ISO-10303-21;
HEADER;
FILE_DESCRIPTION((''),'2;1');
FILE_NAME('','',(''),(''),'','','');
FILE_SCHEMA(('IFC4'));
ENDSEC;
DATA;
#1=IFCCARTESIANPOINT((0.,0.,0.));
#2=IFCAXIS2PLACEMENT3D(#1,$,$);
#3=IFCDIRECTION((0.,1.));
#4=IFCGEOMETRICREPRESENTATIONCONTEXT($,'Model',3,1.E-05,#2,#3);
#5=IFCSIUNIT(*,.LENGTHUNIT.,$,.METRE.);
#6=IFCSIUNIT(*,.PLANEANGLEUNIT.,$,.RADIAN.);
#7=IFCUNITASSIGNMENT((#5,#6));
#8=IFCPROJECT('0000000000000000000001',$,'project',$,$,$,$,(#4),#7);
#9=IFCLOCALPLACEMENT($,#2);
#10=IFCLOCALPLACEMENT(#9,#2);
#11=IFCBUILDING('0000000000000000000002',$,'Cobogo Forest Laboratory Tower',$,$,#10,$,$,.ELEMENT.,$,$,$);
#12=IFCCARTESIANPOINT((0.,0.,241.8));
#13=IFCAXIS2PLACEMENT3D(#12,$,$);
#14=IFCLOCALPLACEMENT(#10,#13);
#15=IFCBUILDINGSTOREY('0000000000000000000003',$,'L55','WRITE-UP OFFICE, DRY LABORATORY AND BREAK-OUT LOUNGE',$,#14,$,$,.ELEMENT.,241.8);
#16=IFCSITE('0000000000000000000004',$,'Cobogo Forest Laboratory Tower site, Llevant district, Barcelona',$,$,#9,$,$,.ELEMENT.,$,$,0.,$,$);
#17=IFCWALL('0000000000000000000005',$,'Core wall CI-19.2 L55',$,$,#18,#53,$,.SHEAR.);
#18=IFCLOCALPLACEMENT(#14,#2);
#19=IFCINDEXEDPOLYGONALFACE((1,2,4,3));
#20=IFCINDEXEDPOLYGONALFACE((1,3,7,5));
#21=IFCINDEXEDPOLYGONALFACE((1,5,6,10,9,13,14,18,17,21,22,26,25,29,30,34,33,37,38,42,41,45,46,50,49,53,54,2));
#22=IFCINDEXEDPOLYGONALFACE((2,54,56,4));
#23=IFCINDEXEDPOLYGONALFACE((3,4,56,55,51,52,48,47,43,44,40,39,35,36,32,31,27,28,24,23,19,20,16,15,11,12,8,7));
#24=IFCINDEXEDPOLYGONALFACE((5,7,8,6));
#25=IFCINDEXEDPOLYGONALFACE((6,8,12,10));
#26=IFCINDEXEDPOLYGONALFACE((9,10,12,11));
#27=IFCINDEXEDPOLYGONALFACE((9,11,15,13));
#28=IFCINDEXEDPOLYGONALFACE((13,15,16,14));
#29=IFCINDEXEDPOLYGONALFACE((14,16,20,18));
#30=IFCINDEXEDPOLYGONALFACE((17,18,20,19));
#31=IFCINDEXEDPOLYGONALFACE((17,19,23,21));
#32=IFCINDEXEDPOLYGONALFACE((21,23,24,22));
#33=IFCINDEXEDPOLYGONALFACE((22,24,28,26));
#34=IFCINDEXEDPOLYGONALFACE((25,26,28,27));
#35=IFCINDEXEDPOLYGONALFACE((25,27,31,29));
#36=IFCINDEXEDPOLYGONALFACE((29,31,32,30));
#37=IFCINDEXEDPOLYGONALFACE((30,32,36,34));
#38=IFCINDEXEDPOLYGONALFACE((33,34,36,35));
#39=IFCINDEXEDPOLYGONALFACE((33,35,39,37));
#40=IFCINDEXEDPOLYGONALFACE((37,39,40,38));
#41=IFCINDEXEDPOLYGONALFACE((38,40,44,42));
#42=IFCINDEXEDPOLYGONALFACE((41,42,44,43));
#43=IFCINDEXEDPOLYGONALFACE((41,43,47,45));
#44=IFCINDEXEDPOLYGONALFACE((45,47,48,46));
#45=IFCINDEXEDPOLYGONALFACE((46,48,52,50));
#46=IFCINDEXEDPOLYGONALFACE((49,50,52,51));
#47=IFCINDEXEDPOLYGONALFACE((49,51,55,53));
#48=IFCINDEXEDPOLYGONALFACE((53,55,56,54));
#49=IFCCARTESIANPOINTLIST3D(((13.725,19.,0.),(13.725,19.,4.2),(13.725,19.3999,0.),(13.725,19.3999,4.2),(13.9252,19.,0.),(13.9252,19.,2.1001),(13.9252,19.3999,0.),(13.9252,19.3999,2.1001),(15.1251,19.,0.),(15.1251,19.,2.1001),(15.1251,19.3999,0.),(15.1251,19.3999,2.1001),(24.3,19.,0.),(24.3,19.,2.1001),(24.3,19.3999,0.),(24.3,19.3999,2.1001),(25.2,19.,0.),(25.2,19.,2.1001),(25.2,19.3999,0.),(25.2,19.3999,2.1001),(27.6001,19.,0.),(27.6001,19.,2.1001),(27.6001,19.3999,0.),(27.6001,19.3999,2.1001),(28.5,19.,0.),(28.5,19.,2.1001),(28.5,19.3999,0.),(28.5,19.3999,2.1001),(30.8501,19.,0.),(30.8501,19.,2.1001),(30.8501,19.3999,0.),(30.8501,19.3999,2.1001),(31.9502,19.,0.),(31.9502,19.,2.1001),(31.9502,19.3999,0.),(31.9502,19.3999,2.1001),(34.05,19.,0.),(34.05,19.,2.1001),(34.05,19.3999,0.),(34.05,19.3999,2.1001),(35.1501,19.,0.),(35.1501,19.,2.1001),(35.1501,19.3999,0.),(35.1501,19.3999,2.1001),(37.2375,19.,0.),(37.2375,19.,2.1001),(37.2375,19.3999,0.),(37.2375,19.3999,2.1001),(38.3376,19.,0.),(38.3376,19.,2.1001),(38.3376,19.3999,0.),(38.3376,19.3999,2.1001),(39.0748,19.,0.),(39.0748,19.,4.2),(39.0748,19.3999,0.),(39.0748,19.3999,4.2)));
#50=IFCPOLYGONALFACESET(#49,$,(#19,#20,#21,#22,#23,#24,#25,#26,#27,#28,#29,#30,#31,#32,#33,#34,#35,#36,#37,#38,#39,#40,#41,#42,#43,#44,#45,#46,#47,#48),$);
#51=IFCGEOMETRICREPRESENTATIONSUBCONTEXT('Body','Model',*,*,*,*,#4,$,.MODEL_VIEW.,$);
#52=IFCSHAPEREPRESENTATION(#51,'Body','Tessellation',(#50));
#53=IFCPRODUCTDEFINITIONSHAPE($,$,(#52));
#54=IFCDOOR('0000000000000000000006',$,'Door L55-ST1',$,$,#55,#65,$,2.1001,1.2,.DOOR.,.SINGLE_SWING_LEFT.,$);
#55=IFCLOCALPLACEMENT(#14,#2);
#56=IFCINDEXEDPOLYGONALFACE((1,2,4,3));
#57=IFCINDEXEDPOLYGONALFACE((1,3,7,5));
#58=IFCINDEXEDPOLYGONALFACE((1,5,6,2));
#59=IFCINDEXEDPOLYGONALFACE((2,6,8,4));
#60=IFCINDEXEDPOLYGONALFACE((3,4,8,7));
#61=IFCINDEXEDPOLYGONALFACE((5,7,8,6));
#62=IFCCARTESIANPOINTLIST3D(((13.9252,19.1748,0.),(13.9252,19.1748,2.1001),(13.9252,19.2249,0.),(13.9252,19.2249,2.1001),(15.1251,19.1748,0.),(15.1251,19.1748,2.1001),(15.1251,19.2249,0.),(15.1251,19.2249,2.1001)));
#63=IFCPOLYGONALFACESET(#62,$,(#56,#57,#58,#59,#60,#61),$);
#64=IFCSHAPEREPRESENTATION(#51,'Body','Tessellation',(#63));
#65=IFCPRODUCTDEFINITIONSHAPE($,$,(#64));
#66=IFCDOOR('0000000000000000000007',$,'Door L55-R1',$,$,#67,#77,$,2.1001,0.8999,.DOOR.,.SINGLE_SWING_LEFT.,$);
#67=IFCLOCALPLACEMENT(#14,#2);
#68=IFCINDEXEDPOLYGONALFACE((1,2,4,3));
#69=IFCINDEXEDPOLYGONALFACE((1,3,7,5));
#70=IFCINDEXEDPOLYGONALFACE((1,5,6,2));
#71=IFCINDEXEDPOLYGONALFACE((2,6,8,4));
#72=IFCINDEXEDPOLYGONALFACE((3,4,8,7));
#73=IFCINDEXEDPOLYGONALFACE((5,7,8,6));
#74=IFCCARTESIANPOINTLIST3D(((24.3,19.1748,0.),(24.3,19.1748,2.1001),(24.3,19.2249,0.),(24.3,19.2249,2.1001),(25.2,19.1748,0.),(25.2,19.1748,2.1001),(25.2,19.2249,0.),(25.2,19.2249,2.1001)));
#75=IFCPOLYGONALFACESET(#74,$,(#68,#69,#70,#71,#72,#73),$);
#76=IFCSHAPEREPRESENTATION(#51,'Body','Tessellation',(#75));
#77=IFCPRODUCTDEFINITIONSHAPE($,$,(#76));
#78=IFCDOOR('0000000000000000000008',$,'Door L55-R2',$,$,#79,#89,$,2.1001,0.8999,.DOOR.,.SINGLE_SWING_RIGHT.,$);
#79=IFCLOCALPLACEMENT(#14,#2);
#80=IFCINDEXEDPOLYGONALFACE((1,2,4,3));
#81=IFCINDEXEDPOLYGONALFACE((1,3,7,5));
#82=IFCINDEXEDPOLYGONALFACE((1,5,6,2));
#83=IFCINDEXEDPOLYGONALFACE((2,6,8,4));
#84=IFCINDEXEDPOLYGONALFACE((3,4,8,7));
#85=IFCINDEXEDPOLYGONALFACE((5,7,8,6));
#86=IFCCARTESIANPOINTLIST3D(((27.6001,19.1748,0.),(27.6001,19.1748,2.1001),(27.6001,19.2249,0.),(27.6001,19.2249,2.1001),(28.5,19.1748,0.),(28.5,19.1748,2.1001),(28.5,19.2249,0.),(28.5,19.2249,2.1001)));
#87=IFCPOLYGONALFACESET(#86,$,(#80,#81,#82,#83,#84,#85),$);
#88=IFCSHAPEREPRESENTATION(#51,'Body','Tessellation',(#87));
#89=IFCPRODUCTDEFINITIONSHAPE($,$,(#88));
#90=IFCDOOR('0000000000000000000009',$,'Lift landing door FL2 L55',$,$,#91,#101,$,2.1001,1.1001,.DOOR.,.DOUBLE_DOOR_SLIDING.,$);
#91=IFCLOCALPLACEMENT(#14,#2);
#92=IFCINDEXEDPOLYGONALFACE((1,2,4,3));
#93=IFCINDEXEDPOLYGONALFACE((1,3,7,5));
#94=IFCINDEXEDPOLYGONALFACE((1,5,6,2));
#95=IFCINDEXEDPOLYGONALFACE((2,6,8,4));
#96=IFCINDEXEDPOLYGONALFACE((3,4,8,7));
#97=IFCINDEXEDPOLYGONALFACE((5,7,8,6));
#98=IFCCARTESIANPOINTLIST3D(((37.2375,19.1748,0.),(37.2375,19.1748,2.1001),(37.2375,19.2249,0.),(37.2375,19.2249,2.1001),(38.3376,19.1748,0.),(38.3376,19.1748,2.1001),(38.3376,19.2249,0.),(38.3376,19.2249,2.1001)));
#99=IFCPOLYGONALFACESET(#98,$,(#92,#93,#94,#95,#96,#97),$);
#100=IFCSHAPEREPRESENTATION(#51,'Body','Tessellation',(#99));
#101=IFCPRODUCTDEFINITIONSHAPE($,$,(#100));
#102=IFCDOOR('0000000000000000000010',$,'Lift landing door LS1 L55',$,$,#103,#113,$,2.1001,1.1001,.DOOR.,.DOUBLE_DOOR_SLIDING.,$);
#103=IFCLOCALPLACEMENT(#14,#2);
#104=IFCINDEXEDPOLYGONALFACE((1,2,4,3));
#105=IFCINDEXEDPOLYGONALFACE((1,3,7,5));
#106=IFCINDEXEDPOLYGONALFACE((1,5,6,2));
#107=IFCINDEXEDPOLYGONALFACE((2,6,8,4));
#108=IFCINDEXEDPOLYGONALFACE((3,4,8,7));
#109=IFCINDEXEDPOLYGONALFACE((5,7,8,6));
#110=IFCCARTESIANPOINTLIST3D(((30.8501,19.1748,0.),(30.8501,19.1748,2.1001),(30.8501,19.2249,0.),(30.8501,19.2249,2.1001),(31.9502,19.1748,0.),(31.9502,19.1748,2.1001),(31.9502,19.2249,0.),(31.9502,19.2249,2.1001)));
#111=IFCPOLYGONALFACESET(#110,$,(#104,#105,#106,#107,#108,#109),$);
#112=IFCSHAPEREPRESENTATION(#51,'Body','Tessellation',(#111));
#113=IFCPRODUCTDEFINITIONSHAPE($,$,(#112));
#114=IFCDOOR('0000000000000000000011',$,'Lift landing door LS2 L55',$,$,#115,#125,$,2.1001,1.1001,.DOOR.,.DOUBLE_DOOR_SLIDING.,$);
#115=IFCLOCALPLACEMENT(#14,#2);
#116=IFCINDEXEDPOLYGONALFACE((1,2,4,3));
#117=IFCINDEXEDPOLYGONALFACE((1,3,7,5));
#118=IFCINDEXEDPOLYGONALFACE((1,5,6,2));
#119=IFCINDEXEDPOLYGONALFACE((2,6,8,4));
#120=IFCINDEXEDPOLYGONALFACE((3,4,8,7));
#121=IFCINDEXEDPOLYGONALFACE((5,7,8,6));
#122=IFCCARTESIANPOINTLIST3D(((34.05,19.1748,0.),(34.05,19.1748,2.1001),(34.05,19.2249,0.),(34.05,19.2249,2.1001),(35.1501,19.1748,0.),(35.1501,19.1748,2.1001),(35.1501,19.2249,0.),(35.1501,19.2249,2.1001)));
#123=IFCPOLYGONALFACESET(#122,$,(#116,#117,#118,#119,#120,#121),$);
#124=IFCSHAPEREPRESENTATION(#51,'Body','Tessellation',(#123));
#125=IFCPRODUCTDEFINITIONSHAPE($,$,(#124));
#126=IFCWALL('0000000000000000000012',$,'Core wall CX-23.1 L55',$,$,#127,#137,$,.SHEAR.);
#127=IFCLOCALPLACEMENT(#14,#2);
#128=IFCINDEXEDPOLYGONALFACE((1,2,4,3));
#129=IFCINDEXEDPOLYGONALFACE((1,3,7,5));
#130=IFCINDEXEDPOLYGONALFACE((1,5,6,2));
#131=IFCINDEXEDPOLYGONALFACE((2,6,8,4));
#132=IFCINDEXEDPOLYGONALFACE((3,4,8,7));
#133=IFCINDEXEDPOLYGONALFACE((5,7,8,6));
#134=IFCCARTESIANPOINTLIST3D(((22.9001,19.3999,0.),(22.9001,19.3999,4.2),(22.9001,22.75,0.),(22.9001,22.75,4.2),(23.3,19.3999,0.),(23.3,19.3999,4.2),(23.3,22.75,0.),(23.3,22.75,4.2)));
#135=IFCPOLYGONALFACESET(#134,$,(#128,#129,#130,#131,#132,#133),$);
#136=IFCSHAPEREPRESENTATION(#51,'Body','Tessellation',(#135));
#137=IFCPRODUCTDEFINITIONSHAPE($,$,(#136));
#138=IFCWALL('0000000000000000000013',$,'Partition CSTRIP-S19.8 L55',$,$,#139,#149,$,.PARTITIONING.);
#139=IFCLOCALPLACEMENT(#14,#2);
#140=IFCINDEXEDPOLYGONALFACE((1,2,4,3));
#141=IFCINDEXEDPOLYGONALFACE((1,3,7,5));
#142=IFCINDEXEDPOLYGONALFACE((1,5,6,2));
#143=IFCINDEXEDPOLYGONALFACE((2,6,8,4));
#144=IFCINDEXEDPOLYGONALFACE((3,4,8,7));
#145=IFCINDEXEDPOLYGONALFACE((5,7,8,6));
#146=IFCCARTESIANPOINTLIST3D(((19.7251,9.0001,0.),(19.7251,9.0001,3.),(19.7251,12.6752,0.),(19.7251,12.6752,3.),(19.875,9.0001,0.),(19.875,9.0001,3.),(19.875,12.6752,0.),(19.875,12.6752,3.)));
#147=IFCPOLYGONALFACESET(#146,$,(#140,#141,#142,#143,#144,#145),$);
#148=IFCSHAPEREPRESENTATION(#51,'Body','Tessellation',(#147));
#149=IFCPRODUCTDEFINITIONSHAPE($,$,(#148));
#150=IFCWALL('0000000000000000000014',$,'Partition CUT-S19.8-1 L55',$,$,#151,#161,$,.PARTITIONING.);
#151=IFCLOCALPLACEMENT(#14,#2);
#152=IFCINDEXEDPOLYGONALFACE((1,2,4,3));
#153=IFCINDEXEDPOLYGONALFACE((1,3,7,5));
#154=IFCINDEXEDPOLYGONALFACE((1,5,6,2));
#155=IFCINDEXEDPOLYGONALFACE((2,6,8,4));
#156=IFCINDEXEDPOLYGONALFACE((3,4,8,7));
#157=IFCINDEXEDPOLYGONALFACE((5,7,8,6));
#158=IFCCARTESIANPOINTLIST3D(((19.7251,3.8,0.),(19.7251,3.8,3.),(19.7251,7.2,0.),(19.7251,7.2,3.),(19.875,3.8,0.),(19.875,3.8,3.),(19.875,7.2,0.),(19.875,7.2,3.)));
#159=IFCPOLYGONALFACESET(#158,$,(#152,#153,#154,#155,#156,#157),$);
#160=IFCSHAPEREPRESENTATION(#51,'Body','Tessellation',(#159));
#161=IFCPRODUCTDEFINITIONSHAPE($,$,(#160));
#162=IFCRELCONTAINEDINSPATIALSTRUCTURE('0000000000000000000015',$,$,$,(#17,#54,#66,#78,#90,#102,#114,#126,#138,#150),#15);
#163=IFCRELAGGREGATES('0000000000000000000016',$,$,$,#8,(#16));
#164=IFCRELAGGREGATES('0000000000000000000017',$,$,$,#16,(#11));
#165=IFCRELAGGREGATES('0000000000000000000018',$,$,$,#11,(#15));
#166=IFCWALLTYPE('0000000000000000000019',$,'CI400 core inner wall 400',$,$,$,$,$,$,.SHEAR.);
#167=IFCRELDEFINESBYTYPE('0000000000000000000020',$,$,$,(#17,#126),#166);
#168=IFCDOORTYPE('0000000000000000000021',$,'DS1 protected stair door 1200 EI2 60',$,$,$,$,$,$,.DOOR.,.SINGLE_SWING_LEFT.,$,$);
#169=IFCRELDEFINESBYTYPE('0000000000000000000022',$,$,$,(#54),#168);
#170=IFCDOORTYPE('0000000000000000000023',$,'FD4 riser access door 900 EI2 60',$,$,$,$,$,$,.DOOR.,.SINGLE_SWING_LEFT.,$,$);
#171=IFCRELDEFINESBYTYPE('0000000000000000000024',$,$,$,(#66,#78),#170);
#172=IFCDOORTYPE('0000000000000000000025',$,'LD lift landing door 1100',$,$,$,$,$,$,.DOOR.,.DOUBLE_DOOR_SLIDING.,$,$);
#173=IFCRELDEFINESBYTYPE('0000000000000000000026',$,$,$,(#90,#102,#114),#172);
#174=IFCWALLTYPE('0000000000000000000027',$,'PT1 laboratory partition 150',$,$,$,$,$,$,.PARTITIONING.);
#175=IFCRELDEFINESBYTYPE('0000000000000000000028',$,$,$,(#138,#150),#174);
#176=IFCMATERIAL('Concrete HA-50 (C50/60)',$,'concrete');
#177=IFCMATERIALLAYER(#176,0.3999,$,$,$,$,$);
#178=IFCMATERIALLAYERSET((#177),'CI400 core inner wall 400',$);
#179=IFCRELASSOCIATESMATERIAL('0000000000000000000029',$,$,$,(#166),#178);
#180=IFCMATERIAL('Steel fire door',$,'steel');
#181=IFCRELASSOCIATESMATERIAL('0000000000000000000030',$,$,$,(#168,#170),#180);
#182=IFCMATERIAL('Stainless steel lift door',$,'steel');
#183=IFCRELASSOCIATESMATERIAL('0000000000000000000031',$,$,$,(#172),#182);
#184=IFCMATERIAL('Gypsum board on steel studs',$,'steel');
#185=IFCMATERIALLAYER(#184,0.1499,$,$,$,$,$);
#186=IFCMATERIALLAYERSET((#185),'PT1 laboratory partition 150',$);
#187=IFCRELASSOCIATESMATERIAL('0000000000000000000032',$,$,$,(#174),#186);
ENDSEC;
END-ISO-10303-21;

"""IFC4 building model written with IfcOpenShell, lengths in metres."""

from ifc_helpers import new_model, si_unit, direction, frame, frame_2d, origin, place, context, subcontext, project, spatial, rectangle, extrude, material, layer, layer_set, type_object, element, fill, save


model = new_model("IFC4")

# Units and contexts
model_context = context("Model", 3, precision=1e-05, world=origin(), true_north=direction((0.0, 1.0)))
body_context = subcontext(model_context, "Body", "Model", "MODEL_VIEW")
ifc_project = project(units=[si_unit("LENGTHUNIT", "METRE"), si_unit("PLANEANGLEUNIT", "RADIAN")], contexts=[model_context])

# Site, building, storey
site_placement = place(None, origin())
site = spatial("IfcSite", under=ifc_project, at=site_placement, Name="Cobogo Forest Laboratory Tower site, Llevant district, Barcelona", CompositionType="ELEMENT", RefElevation=0.0)
building_placement = place(site_placement, origin())
building = spatial("IfcBuilding", under=site, at=building_placement, Name="Cobogo Forest Laboratory Tower", CompositionType="ELEMENT")
storey_placement = place(building_placement, frame((0.0, 0.0, 241.8)))
storey = spatial("IfcBuildingStorey", under=building, at=storey_placement, Name="L55", Description="WRITE-UP OFFICE, DRY LABORATORY AND BREAK-OUT LOUNGE", CompositionType="ELEMENT", Elevation=241.8)

# Shared definitions
ifc_material_1 = material(Name="Concrete HA-50 (C50/60)", Category="concrete")

# Wall, openings, doors
ifc_layer_1 = layer(ifc_material_1, 0.3999)
ifc_layer_set_1 = layer_set([ifc_layer_1], Name="CI400 core inner wall 400")
wall_type_1 = type_object("IfcWallType", Name="CI400 core inner wall 400", PredefinedType="SHEAR", material=ifc_layer_set_1)
ifc_material_2 = material(Name="Steel fire door", Category="steel")
wall_1_placement = place(storey_placement, frame((13.7251, 19.2, 0.0), z_axis=(0.0, 0.0, 1.0), x_axis=(1.0, 0.0, 0.0)))
wall_1 = element("IfcWall", 1, at=wall_1_placement, inside=storey, type_object=wall_type_1, Name="Core wall CI-19.2 L55", PredefinedType="SHEAR", context=body_context, shape_type="SweptSolid", body=[
    extrude(rectangle(XDim=25.3499, YDim=0.3999, at=frame_2d((12.6748, 0.0))), origin(), (0.0, 0.0, 1.0), 4.2),
])
opening_1_placement = place(wall_1_placement, frame((10.575, 0.0, 0.0)))
opening_1 = element("IfcOpeningElement", 2, at=opening_1_placement, cuts=wall_1, PredefinedType="OPENING", context=body_context, shape_type="SweptSolid", body=[
    extrude(rectangle(XDim=0.8999, YDim=2.1001, at=frame_2d((0.45, 1.05))), frame((0.0, 0.21, 0.0), z_axis=(0.0, -1.0, 0.0), x_axis=(1.0, 0.0, 0.0)), (0.0, 0.0, 1.0), 0.4199),
])
opening_2_placement = place(wall_1_placement, frame((13.875, 0.0, 0.0)))
opening_2 = element("IfcOpeningElement", 3, at=opening_2_placement, cuts=wall_1, PredefinedType="OPENING", context=body_context, shape_type="SweptSolid", body=[
    extrude(rectangle(XDim=0.8999, YDim=2.1001, at=frame_2d((0.45, 1.05))), frame((0.0, 0.21, 0.0), z_axis=(0.0, -1.0, 0.0), x_axis=(1.0, 0.0, 0.0)), (0.0, 0.0, 1.0), 0.4199),
])
opening_3_placement = place(wall_1_placement, frame((0.2, 0.0, 0.0)))
opening_3 = element("IfcOpeningElement", 4, at=opening_3_placement, cuts=wall_1, PredefinedType="OPENING", context=body_context, shape_type="SweptSolid", body=[
    extrude(rectangle(XDim=1.2, YDim=2.1001, at=frame_2d((0.6001, 1.05))), frame((0.0, 0.21, 0.0), z_axis=(0.0, -1.0, 0.0), x_axis=(1.0, 0.0, 0.0)), (0.0, 0.0, 1.0), 0.4199),
])
opening_4_placement = place(wall_1_placement, frame((23.5125, 0.0, 0.0)))
opening_4 = element("IfcOpeningElement", 5, at=opening_4_placement, cuts=wall_1, PredefinedType="OPENING", context=body_context, shape_type="SweptSolid", body=[
    extrude(rectangle(XDim=1.1001, YDim=2.1001, at=frame_2d((0.55, 1.05))), frame((0.0, 0.21, 0.0), z_axis=(0.0, -1.0, 0.0), x_axis=(1.0, 0.0, 0.0)), (0.0, 0.0, 1.0), 0.4199),
])
opening_5_placement = place(wall_1_placement, frame((17.125, 0.0, 0.0)))
opening_5 = element("IfcOpeningElement", 6, at=opening_5_placement, cuts=wall_1, PredefinedType="OPENING", context=body_context, shape_type="SweptSolid", body=[
    extrude(rectangle(XDim=1.1001, YDim=2.1001, at=frame_2d((0.55, 1.05))), frame((0.0, 0.21, 0.0), z_axis=(0.0, -1.0, 0.0), x_axis=(1.0, 0.0, 0.0)), (0.0, 0.0, 1.0), 0.4199),
])
opening_6_placement = place(wall_1_placement, frame((20.325, 0.0, 0.0)))
opening_6 = element("IfcOpeningElement", 7, at=opening_6_placement, cuts=wall_1, PredefinedType="OPENING", context=body_context, shape_type="SweptSolid", body=[
    extrude(rectangle(XDim=1.1001, YDim=2.1001, at=frame_2d((0.55, 1.05))), frame((0.0, 0.21, 0.0), z_axis=(0.0, -1.0, 0.0), x_axis=(1.0, 0.0, 0.0)), (0.0, 0.0, 1.0), 0.4199),
])
door_type_1 = type_object("IfcDoorType", Name="DS1 protected stair door 1200 EI2 60", OperationType="SINGLE_SWING_LEFT", PredefinedType="DOOR", material=ifc_material_2)
door_1_placement = place(opening_3_placement, origin())
door_1 = element("IfcDoor", 8, at=door_1_placement, inside=storey, type_object=door_type_1, Name="Door L55-ST1", OperationType="SINGLE_SWING_LEFT", OverallHeight=2.1001, OverallWidth=1.2, PredefinedType="DOOR", context=body_context, shape_type="SweptSolid", body=[
    extrude(rectangle(XDim=1.2, YDim=2.1001, at=frame_2d((0.6001, 1.05))), frame((0.0, 0.0249, 0.0), z_axis=(0.0, -1.0, 0.0), x_axis=(1.0, 0.0, 0.0)), (0.0, 0.0, 1.0), 0.05),
])
fill(opening_3, door_1)
door_type_2 = type_object("IfcDoorType", Name="FD4 riser access door 900 EI2 60", OperationType="SINGLE_SWING_LEFT", PredefinedType="DOOR", material=ifc_material_2)
door_2_placement = place(opening_1_placement, origin())
door_2 = element("IfcDoor", 9, at=door_2_placement, inside=storey, type_object=door_type_2, Name="Door L55-R1", OperationType="SINGLE_SWING_LEFT", OverallHeight=2.1001, OverallWidth=0.8999, PredefinedType="DOOR", context=body_context, shape_type="SweptSolid", body=[
    extrude(rectangle(XDim=0.8999, YDim=2.1001, at=frame_2d((0.45, 1.05))), frame((0.0, 0.0249, 0.0), z_axis=(0.0, -1.0, 0.0), x_axis=(1.0, 0.0, 0.0)), (0.0, 0.0, 1.0), 0.05),
])
fill(opening_1, door_2)
door_3_placement = place(opening_2_placement, origin())
door_3 = element("IfcDoor", 10, at=door_3_placement, inside=storey, type_object=door_type_2, Name="Door L55-R2", OperationType="SINGLE_SWING_RIGHT", OverallHeight=2.1001, OverallWidth=0.8999, PredefinedType="DOOR", context=body_context, shape_type="SweptSolid", body=[
    extrude(rectangle(XDim=0.8999, YDim=2.1001, at=frame_2d((0.45, 1.05))), frame((0.0, 0.0249, 0.0), z_axis=(0.0, -1.0, 0.0), x_axis=(1.0, 0.0, 0.0)), (0.0, 0.0, 1.0), 0.05),
])
fill(opening_2, door_3)
ifc_material_3 = material(Name="Stainless steel lift door", Category="steel")
door_type_3 = type_object("IfcDoorType", Name="LD lift landing door 1100", OperationType="DOUBLE_DOOR_SLIDING", PredefinedType="DOOR", material=ifc_material_3)
door_4_placement = place(opening_4_placement, origin())
door_4 = element("IfcDoor", 11, at=door_4_placement, inside=storey, type_object=door_type_3, Name="Lift landing door FL2 L55", OperationType="DOUBLE_DOOR_SLIDING", OverallHeight=2.1001, OverallWidth=1.1001, PredefinedType="DOOR", context=body_context, shape_type="SweptSolid", body=[
    extrude(rectangle(XDim=1.1001, YDim=2.1001, at=frame_2d((0.55, 1.05))), frame((0.0, 0.0249, 0.0), z_axis=(0.0, -1.0, 0.0), x_axis=(1.0, 0.0, 0.0)), (0.0, 0.0, 1.0), 0.05),
])
fill(opening_4, door_4)
door_5_placement = place(opening_5_placement, origin())
door_5 = element("IfcDoor", 12, at=door_5_placement, inside=storey, type_object=door_type_3, Name="Lift landing door LS1 L55", OperationType="DOUBLE_DOOR_SLIDING", OverallHeight=2.1001, OverallWidth=1.1001, PredefinedType="DOOR", context=body_context, shape_type="SweptSolid", body=[
    extrude(rectangle(XDim=1.1001, YDim=2.1001, at=frame_2d((0.55, 1.05))), frame((0.0, 0.0249, 0.0), z_axis=(0.0, -1.0, 0.0), x_axis=(1.0, 0.0, 0.0)), (0.0, 0.0, 1.0), 0.05),
])
fill(opening_5, door_5)
door_6_placement = place(opening_6_placement, origin())
door_6 = element("IfcDoor", 13, at=door_6_placement, inside=storey, type_object=door_type_3, Name="Lift landing door LS2 L55", OperationType="DOUBLE_DOOR_SLIDING", OverallHeight=2.1001, OverallWidth=1.1001, PredefinedType="DOOR", context=body_context, shape_type="SweptSolid", body=[
    extrude(rectangle(XDim=1.1001, YDim=2.1001, at=frame_2d((0.55, 1.05))), frame((0.0, 0.0249, 0.0), z_axis=(0.0, -1.0, 0.0), x_axis=(1.0, 0.0, 0.0)), (0.0, 0.0, 1.0), 0.05),
])
fill(opening_6, door_6)

# Walls
wall_2_placement = place(storey_placement, frame((23.1001, 19.3999, 0.0), z_axis=(0.0, 0.0, 1.0), x_axis=(0.0, 1.0, 0.0)))
element("IfcWall", 14, at=wall_2_placement, inside=storey, type_object=wall_type_1, Name="Core wall CX-23.1 L55", PredefinedType="SHEAR", context=body_context, shape_type="SweptSolid", body=[
    extrude(rectangle(XDim=3.3501, YDim=0.3999, at=frame_2d((1.675, 0.0))), origin(), (0.0, 0.0, 1.0), 4.2),
])
ifc_material_4 = material(Name="Gypsum board on steel studs", Category="steel")
ifc_layer_2 = layer(ifc_material_4, 0.1499)
ifc_layer_set_2 = layer_set([ifc_layer_2], Name="PT1 laboratory partition 150")
wall_type_2 = type_object("IfcWallType", Name="PT1 laboratory partition 150", PredefinedType="PARTITIONING", material=ifc_layer_set_2)
wall_3_placement = place(storey_placement, frame((19.8, 12.675, 0.0), z_axis=(0.0, 0.0, 1.0), x_axis=(0.0, -1.0, 0.0)))
element("IfcWall", 15, at=wall_3_placement, inside=storey, type_object=wall_type_2, Name="Partition CSTRIP-S19.8 L55", PredefinedType="PARTITIONING", context=body_context, shape_type="SweptSolid", body=[
    extrude(rectangle(XDim=3.675, YDim=0.1499, at=frame_2d((1.8374, 0.0))), origin(), (0.0, 0.0, 1.0), 3.0),
])
wall_4_placement = place(storey_placement, frame((19.8, 3.8, 0.0), z_axis=(0.0, 0.0, 1.0), x_axis=(0.0, 1.0, 0.0)))
element("IfcWall", 16, at=wall_4_placement, inside=storey, type_object=wall_type_2, Name="Partition CUT-S19.8-1 L55", PredefinedType="PARTITIONING", context=body_context, shape_type="SweptSolid", body=[
    extrude(rectangle(XDim=3.3999, YDim=0.1499, at=frame_2d((1.7, 0.0))), origin(), (0.0, 0.0, 1.0), 3.0),
])

save(model, "model.ifc")
